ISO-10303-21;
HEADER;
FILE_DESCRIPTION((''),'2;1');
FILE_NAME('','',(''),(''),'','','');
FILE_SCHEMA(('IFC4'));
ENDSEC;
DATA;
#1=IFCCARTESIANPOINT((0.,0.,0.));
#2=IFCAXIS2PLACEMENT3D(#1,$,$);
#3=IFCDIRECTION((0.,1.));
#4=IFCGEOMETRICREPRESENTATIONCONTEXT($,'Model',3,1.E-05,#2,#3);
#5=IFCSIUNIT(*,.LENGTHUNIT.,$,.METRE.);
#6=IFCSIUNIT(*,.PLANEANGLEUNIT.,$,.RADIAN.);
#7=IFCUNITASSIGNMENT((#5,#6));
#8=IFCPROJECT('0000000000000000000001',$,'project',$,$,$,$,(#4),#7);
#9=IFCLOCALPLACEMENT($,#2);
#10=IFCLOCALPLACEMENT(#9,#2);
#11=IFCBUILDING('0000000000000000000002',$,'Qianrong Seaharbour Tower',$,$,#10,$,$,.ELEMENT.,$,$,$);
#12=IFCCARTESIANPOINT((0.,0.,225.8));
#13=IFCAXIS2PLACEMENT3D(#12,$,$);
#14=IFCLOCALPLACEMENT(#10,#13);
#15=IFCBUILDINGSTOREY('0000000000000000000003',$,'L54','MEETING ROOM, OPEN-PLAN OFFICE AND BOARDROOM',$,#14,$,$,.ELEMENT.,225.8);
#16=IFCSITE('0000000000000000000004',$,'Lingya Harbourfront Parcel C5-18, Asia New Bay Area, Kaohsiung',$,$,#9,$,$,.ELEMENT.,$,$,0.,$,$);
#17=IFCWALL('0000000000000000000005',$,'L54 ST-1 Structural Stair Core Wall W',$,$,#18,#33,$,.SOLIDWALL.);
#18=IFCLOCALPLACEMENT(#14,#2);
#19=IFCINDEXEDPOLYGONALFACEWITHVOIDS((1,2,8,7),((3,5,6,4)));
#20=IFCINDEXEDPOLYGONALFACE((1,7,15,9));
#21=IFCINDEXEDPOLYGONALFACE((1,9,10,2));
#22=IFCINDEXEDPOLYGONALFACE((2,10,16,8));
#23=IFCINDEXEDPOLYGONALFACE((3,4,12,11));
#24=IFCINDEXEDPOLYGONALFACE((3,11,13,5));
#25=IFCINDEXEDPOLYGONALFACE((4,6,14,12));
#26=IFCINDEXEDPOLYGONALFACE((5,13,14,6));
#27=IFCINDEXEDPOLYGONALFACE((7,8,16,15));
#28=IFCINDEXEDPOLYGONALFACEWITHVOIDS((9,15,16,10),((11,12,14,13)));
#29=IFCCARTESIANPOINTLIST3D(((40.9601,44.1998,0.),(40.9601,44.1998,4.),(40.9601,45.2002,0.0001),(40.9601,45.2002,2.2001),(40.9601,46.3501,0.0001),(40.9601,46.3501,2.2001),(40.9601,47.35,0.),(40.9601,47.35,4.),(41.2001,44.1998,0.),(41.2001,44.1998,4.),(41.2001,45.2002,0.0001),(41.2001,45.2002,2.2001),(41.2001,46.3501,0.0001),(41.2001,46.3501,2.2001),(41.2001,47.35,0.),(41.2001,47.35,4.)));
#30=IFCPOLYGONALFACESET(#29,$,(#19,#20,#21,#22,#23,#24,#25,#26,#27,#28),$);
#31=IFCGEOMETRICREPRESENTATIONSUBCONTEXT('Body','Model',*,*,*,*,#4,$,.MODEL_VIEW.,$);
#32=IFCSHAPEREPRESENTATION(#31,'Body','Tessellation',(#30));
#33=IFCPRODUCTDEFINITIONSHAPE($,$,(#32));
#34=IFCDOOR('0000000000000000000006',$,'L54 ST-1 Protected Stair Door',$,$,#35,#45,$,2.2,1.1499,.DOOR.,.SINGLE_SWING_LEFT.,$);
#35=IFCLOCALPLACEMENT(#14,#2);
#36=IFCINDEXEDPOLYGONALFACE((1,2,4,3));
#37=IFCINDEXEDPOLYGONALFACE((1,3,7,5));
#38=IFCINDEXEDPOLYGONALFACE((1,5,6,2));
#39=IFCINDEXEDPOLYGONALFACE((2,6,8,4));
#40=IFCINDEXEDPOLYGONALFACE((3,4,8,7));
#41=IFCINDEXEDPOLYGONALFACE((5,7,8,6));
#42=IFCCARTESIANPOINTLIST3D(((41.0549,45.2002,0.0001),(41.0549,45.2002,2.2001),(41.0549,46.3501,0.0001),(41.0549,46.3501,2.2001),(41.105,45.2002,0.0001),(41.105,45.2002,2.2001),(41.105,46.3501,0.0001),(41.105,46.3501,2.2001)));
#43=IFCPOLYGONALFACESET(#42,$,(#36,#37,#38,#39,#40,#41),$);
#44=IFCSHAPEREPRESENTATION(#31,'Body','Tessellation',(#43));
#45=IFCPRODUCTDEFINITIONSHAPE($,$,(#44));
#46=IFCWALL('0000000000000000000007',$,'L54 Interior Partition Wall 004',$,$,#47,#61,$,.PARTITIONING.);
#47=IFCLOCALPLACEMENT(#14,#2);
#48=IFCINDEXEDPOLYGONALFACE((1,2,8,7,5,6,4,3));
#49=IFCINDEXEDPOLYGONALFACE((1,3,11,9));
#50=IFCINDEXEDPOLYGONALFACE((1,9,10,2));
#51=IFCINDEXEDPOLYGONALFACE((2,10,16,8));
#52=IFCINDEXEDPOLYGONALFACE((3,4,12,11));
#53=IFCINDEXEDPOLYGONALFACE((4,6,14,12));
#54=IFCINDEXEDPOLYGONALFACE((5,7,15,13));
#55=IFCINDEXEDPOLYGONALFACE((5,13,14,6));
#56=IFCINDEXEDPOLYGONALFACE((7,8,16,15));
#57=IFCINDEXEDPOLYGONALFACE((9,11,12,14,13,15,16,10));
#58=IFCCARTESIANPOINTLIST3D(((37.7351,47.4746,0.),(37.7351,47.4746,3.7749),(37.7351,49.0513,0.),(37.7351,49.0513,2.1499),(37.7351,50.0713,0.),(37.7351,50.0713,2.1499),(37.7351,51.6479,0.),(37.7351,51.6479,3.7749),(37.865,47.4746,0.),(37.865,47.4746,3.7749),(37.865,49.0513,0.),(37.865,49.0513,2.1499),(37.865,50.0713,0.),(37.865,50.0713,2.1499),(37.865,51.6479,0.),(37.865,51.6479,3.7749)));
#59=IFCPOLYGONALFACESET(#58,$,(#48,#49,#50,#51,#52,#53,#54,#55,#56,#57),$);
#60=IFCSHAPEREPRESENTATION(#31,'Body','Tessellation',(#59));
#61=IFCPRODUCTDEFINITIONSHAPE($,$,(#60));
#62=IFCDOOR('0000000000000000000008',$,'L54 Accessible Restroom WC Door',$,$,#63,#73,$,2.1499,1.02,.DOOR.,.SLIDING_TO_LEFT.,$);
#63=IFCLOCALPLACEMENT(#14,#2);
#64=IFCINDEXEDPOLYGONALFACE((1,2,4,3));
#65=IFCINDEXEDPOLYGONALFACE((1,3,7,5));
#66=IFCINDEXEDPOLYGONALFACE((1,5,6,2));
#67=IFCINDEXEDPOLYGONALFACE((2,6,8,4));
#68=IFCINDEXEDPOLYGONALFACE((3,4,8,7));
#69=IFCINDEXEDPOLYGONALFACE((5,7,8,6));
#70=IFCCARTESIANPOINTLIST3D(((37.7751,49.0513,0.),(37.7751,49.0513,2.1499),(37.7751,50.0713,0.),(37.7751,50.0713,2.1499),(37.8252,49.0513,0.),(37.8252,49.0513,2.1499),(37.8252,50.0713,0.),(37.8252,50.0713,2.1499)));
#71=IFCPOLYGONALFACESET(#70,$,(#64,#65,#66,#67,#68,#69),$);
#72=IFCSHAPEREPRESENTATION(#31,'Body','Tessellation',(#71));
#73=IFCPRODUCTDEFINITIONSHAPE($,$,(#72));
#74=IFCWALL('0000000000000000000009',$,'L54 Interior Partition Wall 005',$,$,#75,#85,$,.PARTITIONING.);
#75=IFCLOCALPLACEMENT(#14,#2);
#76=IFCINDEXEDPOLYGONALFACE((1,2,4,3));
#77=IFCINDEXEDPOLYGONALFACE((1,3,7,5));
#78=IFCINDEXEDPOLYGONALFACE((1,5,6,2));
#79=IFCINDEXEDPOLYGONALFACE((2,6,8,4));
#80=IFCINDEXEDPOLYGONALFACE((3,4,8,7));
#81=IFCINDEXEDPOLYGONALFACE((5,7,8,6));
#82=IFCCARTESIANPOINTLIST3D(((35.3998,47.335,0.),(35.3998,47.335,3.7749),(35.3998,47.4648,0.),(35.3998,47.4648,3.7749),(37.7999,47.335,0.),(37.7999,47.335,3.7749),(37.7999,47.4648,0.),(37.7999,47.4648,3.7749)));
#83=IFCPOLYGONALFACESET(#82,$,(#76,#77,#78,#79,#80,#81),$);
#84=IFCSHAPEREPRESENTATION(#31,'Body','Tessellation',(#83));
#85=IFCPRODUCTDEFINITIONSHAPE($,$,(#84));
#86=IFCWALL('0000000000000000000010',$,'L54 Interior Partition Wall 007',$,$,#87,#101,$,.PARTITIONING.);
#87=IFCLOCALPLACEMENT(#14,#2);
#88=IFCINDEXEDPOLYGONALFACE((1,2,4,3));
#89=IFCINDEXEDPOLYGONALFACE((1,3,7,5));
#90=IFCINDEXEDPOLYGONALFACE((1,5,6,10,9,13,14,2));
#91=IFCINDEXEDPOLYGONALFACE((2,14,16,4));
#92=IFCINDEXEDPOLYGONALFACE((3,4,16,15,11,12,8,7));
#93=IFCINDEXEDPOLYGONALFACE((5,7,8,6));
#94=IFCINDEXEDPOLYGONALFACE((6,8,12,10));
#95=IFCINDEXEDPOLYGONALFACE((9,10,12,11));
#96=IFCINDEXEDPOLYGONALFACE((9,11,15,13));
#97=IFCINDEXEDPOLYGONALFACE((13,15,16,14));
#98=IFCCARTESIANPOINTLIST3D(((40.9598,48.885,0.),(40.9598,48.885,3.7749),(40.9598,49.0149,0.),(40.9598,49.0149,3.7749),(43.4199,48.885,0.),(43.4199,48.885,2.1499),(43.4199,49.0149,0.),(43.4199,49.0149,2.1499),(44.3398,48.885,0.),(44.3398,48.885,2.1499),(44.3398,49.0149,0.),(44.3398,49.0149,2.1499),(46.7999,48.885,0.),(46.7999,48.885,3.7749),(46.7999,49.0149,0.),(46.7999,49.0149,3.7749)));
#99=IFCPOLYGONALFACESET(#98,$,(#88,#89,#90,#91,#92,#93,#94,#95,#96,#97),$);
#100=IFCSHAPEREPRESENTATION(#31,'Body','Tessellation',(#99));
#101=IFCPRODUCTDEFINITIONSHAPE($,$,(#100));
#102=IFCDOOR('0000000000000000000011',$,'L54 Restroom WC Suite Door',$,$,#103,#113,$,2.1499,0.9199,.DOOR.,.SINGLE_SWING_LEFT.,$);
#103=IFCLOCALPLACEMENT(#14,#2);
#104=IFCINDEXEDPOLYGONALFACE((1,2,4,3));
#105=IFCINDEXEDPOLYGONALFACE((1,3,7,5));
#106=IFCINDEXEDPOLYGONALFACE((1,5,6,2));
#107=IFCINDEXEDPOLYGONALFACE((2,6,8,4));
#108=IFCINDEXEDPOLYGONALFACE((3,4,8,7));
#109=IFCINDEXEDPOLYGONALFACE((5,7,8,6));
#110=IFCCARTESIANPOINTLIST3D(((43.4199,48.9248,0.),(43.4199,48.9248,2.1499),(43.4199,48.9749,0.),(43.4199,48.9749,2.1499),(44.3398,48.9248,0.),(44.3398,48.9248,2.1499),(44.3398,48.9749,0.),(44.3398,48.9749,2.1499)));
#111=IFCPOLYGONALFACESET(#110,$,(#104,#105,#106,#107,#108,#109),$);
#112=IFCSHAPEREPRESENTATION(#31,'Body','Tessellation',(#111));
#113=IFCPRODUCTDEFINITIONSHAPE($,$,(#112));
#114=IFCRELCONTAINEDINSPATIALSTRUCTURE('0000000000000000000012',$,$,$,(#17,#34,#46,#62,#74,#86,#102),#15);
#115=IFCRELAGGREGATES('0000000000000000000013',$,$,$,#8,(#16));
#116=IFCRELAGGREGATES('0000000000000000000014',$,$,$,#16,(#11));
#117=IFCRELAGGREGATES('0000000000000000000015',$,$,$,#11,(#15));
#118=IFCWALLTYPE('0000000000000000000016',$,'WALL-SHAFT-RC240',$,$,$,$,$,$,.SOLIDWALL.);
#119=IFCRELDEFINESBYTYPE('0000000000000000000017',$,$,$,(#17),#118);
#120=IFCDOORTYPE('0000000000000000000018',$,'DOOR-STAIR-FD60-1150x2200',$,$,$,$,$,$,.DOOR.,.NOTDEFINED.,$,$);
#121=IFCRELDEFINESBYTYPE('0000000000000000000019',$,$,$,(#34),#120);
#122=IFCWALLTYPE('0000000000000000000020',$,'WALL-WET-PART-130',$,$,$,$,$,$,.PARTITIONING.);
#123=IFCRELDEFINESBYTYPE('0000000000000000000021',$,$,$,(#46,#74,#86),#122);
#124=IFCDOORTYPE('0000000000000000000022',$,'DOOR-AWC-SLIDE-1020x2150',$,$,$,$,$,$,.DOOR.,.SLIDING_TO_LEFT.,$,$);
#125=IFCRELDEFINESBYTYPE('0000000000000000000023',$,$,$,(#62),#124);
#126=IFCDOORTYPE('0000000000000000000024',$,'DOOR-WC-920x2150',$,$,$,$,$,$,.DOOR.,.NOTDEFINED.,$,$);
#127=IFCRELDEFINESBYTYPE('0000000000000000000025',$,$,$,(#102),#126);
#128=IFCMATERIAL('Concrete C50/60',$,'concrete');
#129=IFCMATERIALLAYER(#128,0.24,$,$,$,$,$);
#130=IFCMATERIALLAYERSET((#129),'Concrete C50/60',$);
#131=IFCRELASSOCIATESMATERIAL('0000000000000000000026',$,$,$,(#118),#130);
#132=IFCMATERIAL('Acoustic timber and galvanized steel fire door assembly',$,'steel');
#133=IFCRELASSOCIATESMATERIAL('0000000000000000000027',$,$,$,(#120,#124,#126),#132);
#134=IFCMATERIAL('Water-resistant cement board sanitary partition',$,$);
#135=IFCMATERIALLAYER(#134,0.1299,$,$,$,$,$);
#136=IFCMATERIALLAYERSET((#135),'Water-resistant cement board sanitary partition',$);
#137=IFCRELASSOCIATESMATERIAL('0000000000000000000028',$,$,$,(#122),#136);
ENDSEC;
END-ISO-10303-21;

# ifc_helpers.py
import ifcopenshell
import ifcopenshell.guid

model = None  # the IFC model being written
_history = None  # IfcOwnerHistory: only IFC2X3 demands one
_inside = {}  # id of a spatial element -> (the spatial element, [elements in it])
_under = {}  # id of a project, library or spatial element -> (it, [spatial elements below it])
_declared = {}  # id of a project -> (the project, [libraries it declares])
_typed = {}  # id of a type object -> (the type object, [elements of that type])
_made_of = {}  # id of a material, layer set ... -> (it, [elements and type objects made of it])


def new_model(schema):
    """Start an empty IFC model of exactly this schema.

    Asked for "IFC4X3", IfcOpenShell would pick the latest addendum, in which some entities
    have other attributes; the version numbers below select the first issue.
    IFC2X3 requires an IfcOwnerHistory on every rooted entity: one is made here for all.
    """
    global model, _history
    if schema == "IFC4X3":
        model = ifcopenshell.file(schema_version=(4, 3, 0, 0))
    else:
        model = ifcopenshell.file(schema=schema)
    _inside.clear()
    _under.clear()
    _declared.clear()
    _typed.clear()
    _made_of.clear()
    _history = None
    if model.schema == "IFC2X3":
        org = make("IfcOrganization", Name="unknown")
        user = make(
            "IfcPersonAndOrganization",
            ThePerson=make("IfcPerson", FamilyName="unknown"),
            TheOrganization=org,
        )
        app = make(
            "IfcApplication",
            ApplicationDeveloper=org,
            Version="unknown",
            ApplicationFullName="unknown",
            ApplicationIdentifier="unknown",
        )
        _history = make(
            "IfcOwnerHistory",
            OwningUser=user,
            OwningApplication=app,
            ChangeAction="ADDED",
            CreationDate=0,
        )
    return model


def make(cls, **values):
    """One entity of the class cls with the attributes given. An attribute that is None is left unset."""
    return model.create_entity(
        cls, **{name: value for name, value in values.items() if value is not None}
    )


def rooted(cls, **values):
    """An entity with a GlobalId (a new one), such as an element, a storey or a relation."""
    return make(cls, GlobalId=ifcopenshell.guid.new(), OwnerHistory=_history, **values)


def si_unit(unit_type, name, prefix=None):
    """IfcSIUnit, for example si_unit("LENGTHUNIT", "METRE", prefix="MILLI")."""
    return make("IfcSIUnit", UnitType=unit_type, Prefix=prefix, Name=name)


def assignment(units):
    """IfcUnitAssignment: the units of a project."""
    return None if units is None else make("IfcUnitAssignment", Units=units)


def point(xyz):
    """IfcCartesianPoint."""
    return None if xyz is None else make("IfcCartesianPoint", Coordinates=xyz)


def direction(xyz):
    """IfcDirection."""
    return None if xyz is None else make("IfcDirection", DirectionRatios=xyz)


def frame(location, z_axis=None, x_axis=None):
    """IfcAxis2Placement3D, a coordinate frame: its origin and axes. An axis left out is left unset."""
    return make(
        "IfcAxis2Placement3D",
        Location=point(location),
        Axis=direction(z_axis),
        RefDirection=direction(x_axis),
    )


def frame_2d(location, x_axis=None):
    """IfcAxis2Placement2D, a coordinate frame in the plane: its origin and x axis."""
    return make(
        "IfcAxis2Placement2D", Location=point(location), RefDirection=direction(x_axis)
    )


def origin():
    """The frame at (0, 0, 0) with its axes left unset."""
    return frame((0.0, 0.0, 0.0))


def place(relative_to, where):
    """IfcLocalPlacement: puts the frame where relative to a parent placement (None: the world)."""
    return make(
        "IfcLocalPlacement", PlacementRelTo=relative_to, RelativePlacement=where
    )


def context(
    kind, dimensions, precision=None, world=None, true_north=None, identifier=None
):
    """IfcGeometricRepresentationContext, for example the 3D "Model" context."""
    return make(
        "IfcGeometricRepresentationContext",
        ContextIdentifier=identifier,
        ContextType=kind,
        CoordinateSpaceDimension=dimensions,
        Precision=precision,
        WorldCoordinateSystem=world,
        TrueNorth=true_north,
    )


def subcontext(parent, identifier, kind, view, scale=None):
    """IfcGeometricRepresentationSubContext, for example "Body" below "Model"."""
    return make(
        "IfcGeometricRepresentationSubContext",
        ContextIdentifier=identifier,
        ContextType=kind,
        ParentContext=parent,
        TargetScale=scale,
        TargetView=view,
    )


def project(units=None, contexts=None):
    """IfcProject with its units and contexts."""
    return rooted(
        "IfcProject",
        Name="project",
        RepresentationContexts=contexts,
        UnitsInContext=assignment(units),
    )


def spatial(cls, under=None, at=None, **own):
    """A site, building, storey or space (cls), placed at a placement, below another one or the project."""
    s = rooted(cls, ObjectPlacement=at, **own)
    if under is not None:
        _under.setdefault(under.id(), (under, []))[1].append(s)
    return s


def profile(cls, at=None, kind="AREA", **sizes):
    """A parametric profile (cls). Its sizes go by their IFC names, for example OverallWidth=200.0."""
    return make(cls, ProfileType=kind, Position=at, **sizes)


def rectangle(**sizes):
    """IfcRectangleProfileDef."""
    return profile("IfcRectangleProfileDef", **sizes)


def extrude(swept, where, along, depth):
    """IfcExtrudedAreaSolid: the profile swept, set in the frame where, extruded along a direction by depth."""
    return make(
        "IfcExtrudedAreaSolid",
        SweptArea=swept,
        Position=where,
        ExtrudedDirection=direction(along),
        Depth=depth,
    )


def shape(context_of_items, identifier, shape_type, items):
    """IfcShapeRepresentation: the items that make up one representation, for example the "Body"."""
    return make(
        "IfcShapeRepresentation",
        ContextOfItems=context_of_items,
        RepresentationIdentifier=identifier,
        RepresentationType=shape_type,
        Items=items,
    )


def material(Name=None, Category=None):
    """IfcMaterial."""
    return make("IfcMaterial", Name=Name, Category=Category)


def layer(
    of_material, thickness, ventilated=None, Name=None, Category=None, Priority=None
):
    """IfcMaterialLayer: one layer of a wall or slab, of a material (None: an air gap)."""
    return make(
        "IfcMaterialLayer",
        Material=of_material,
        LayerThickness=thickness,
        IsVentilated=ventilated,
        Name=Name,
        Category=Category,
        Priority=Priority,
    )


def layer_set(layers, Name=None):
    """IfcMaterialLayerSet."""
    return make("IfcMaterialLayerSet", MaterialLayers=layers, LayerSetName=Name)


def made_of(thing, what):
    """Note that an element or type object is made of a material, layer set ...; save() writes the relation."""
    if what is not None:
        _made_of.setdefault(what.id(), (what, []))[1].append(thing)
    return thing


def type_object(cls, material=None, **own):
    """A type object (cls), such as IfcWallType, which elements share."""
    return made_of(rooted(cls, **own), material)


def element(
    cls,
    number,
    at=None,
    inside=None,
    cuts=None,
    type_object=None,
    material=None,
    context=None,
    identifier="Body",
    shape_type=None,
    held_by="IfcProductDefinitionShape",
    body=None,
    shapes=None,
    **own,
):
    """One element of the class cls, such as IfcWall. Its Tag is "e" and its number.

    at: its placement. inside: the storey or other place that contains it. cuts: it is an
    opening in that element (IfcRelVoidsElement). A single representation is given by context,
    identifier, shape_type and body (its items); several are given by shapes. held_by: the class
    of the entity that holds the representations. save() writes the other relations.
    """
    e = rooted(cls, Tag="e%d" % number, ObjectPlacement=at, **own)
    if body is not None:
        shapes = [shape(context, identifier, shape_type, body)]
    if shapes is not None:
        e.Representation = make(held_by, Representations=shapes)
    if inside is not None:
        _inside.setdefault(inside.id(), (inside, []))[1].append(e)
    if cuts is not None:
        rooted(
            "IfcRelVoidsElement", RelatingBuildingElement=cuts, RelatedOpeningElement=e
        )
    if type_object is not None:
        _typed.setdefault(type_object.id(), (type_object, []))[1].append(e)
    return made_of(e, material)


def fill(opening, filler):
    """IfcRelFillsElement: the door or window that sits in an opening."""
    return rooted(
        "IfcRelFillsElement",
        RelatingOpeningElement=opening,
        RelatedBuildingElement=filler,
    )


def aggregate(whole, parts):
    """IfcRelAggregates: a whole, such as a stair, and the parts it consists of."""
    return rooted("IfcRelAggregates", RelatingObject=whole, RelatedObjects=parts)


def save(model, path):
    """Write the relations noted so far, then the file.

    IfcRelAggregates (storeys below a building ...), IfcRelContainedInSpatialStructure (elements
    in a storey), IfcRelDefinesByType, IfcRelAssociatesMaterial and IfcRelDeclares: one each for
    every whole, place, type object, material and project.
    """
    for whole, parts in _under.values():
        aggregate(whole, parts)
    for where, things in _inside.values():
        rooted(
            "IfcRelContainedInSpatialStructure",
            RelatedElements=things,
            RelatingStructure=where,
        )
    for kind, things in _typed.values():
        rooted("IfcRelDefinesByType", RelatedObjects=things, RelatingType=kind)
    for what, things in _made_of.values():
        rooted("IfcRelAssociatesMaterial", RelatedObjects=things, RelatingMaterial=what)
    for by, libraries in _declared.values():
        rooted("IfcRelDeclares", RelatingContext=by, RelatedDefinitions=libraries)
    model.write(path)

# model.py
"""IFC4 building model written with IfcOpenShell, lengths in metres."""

from ifc_helpers import new_model, si_unit, direction, frame, frame_2d, origin, place, context, subcontext, project, spatial, rectangle, extrude, material, layer, layer_set, type_object, element, fill, save


model = new_model("IFC4")

# Units and contexts
model_context = context("Model", 3, precision=1e-05, world=origin(), true_north=direction((0.0, 1.0)))
body_context = subcontext(model_context, "Body", "Model", "MODEL_VIEW")
ifc_project = project(units=[si_unit("LENGTHUNIT", "METRE"), si_unit("PLANEANGLEUNIT", "RADIAN")], contexts=[model_context])

# Site, building, storey
site_placement = place(None, origin())
site = spatial("IfcSite", under=ifc_project, at=site_placement, Name="Lingya Harbourfront Parcel C5-18, Asia New Bay Area, Kaohsiung", CompositionType="ELEMENT", RefElevation=0.0)
building_placement = place(site_placement, origin())
building = spatial("IfcBuilding", under=site, at=building_placement, Name="Qianrong Seaharbour Tower", CompositionType="ELEMENT")
storey_placement = place(building_placement, frame((0.0, 0.0, 225.8)))
storey = spatial("IfcBuildingStorey", under=building, at=storey_placement, Name="L54", Description="MEETING ROOM, OPEN-PLAN OFFICE AND BOARDROOM", CompositionType="ELEMENT", Elevation=225.8)

# Shared definitions
ifc_material_1 = material(Name="Concrete C50/60", Category="concrete")
ifc_layer_1 = layer(ifc_material_1, 0.24)
ifc_layer_set_1 = layer_set([ifc_layer_1], Name="Concrete C50/60")
wall_type_1 = type_object("IfcWallType", Name="WALL-SHAFT-RC240", PredefinedType="SOLIDWALL", material=ifc_layer_set_1)

# Walls, openings, doors
wall_1_placement = place(storey_placement, frame((41.0801, 47.3501, 0.0), z_axis=(0.0, 0.0, 1.0), x_axis=(0.0, -1.0, 0.0)))
wall_1 = element("IfcWall", 1, at=wall_1_placement, inside=storey, type_object=wall_type_1, Name="L54 ST-1 Structural Stair Core Wall W", PredefinedType="SOLIDWALL", context=body_context, shape_type="SweptSolid", body=[
    extrude(rectangle(XDim=3.1501, YDim=0.24, at=frame_2d((1.5752, 0.0))), origin(), (0.0, 0.0, 1.0), 4.0),
])
opening_1_placement = place(wall_1_placement, frame((1.0, 0.0, 0.0)))
opening_1 = element("IfcOpeningElement", 2, at=opening_1_placement, cuts=wall_1, PredefinedType="OPENING", context=body_context, shape_type="SweptSolid", body=[
    extrude(rectangle(XDim=1.1499, YDim=2.2, at=frame_2d((0.575, 1.1001))), frame((0.0, 0.1299, 0.0), z_axis=(0.0, -1.0, 0.0), x_axis=(1.0, 0.0, 0.0)), (0.0, 0.0, 1.0), 0.26),
])
ifc_material_2 = material(Name="Acoustic timber and galvanized steel fire door assembly", Category="steel")
door_type_1 = type_object("IfcDoorType", Name="DOOR-STAIR-FD60-1150x2200", OperationType="NOTDEFINED", PredefinedType="DOOR", material=ifc_material_2)
door_1_placement = place(opening_1_placement, origin())
door_1 = element("IfcDoor", 3, at=door_1_placement, inside=storey, type_object=door_type_1, Name="L54 ST-1 Protected Stair Door", OperationType="SINGLE_SWING_LEFT", OverallHeight=2.2, OverallWidth=1.1499, PredefinedType="DOOR", context=body_context, shape_type="SweptSolid", body=[
    extrude(rectangle(XDim=1.1499, YDim=2.2, at=frame_2d((0.575, 1.1001))), frame((0.0, 0.0249, 0.0), z_axis=(0.0, -1.0, 0.0), x_axis=(1.0, 0.0, 0.0)), (0.0, 0.0, 1.0), 0.05),
])
fill(opening_1, door_1)
ifc_material_3 = material(Name="Water-resistant cement board sanitary partition")
ifc_layer_2 = layer(ifc_material_3, 0.1299)
ifc_layer_set_2 = layer_set([ifc_layer_2], Name="Water-resistant cement board sanitary partition")
wall_type_2 = type_object("IfcWallType", Name="WALL-WET-PART-130", PredefinedType="PARTITIONING", material=ifc_layer_set_2)
wall_2_placement = place(storey_placement, frame((37.8, 47.4746, 0.0), z_axis=(0.0, 0.0, 1.0), x_axis=(0.0, 1.0, 0.0)))
wall_2 = element("IfcWall", 4, at=wall_2_placement, inside=storey, type_object=wall_type_2, Name="L54 Interior Partition Wall 004", PredefinedType="PARTITIONING", context=body_context, shape_type="SweptSolid", body=[
    extrude(rectangle(XDim=4.1733, YDim=0.1299, at=frame_2d((2.0867, 0.0))), origin(), (0.0, 0.0, 1.0), 3.7749),
])
opening_2_placement = place(wall_2_placement, frame((1.5767, 0.0, 0.0)))
opening_2 = element("IfcOpeningElement", 5, at=opening_2_placement, cuts=wall_2, PredefinedType="OPENING", context=body_context, shape_type="SweptSolid", body=[
    extrude(rectangle(XDim=1.02, YDim=2.1499, at=frame_2d((0.51, 1.075))), frame((0.0, 0.075, 0.0), z_axis=(0.0, -1.0, 0.0), x_axis=(1.0, 0.0, 0.0)), (0.0, 0.0, 1.0), 0.1499),
])
door_type_2 = type_object("IfcDoorType", Name="DOOR-AWC-SLIDE-1020x2150", OperationType="SLIDING_TO_LEFT", PredefinedType="DOOR", material=ifc_material_2)
door_2_placement = place(opening_2_placement, origin())
door_2 = element("IfcDoor", 6, at=door_2_placement, inside=storey, type_object=door_type_2, Name="L54 Accessible Restroom WC Door", OperationType="SLIDING_TO_LEFT", OverallHeight=2.1499, OverallWidth=1.02, PredefinedType="DOOR", context=body_context, shape_type="SweptSolid", body=[
    extrude(rectangle(XDim=1.02, YDim=2.1499, at=frame_2d((0.51, 1.075))), frame((0.0, 0.0249, 0.0), z_axis=(0.0, -1.0, 0.0), x_axis=(1.0, 0.0, 0.0)), (0.0, 0.0, 1.0), 0.05),
])
fill(opening_2, door_2)

# Wall
wall_3_placement = place(storey_placement, frame((37.8, 47.3999, 0.0), z_axis=(0.0, 0.0, 1.0), x_axis=(-1.0, 0.0, 0.0)))
element("IfcWall", 7, at=wall_3_placement, inside=storey, type_object=wall_type_2, Name="L54 Interior Partition Wall 005", PredefinedType="PARTITIONING", context=body_context, shape_type="SweptSolid", body=[
    extrude(rectangle(XDim=2.4001, YDim=0.1299, at=frame_2d((1.2002, 0.0))), origin(), (0.0, 0.0, 1.0), 3.7749),
])

# Wall, opening, door
wall_4_placement = place(storey_placement, frame((40.96, 48.95, 0.0), z_axis=(0.0, 0.0, 1.0), x_axis=(1.0, 0.0, 0.0)))
wall_4 = element("IfcWall", 8, at=wall_4_placement, inside=storey, type_object=wall_type_2, Name="L54 Interior Partition Wall 007", PredefinedType="PARTITIONING", context=body_context, shape_type="SweptSolid", body=[
    extrude(rectangle(XDim=5.8401, YDim=0.1299, at=frame_2d((2.9199, 0.0))), origin(), (0.0, 0.0, 1.0), 3.7749),
])
opening_3_placement = place(wall_4_placement, frame((2.46, 0.0, 0.0)))
opening_3 = element("IfcOpeningElement", 9, at=opening_3_placement, cuts=wall_4, PredefinedType="OPENING", context=body_context, shape_type="SweptSolid", body=[
    extrude(rectangle(XDim=0.9199, YDim=2.1499, at=frame_2d((0.46, 1.075))), frame((0.0, 0.075, 0.0), z_axis=(0.0, -1.0, 0.0), x_axis=(1.0, 0.0, 0.0)), (0.0, 0.0, 1.0), 0.1499),
])
door_type_3 = type_object("IfcDoorType", Name="DOOR-WC-920x2150", OperationType="NOTDEFINED", PredefinedType="DOOR", material=ifc_material_2)
door_3_placement = place(opening_3_placement, origin())
door_3 = element("IfcDoor", 10, at=door_3_placement, inside=storey, type_object=door_type_3, Name="L54 Restroom WC Suite Door", OperationType="SINGLE_SWING_LEFT", OverallHeight=2.1499, OverallWidth=0.9199, PredefinedType="DOOR", context=body_context, shape_type="SweptSolid", body=[
    extrude(rectangle(XDim=0.9199, YDim=2.1499, at=frame_2d((0.46, 1.075))), frame((0.0, 0.0249, 0.0), z_axis=(0.0, -1.0, 0.0), x_axis=(1.0, 0.0, 0.0)), (0.0, 0.0, 1.0), 0.05),
])
fill(opening_3, door_3)

save(model, "model.ifc")
